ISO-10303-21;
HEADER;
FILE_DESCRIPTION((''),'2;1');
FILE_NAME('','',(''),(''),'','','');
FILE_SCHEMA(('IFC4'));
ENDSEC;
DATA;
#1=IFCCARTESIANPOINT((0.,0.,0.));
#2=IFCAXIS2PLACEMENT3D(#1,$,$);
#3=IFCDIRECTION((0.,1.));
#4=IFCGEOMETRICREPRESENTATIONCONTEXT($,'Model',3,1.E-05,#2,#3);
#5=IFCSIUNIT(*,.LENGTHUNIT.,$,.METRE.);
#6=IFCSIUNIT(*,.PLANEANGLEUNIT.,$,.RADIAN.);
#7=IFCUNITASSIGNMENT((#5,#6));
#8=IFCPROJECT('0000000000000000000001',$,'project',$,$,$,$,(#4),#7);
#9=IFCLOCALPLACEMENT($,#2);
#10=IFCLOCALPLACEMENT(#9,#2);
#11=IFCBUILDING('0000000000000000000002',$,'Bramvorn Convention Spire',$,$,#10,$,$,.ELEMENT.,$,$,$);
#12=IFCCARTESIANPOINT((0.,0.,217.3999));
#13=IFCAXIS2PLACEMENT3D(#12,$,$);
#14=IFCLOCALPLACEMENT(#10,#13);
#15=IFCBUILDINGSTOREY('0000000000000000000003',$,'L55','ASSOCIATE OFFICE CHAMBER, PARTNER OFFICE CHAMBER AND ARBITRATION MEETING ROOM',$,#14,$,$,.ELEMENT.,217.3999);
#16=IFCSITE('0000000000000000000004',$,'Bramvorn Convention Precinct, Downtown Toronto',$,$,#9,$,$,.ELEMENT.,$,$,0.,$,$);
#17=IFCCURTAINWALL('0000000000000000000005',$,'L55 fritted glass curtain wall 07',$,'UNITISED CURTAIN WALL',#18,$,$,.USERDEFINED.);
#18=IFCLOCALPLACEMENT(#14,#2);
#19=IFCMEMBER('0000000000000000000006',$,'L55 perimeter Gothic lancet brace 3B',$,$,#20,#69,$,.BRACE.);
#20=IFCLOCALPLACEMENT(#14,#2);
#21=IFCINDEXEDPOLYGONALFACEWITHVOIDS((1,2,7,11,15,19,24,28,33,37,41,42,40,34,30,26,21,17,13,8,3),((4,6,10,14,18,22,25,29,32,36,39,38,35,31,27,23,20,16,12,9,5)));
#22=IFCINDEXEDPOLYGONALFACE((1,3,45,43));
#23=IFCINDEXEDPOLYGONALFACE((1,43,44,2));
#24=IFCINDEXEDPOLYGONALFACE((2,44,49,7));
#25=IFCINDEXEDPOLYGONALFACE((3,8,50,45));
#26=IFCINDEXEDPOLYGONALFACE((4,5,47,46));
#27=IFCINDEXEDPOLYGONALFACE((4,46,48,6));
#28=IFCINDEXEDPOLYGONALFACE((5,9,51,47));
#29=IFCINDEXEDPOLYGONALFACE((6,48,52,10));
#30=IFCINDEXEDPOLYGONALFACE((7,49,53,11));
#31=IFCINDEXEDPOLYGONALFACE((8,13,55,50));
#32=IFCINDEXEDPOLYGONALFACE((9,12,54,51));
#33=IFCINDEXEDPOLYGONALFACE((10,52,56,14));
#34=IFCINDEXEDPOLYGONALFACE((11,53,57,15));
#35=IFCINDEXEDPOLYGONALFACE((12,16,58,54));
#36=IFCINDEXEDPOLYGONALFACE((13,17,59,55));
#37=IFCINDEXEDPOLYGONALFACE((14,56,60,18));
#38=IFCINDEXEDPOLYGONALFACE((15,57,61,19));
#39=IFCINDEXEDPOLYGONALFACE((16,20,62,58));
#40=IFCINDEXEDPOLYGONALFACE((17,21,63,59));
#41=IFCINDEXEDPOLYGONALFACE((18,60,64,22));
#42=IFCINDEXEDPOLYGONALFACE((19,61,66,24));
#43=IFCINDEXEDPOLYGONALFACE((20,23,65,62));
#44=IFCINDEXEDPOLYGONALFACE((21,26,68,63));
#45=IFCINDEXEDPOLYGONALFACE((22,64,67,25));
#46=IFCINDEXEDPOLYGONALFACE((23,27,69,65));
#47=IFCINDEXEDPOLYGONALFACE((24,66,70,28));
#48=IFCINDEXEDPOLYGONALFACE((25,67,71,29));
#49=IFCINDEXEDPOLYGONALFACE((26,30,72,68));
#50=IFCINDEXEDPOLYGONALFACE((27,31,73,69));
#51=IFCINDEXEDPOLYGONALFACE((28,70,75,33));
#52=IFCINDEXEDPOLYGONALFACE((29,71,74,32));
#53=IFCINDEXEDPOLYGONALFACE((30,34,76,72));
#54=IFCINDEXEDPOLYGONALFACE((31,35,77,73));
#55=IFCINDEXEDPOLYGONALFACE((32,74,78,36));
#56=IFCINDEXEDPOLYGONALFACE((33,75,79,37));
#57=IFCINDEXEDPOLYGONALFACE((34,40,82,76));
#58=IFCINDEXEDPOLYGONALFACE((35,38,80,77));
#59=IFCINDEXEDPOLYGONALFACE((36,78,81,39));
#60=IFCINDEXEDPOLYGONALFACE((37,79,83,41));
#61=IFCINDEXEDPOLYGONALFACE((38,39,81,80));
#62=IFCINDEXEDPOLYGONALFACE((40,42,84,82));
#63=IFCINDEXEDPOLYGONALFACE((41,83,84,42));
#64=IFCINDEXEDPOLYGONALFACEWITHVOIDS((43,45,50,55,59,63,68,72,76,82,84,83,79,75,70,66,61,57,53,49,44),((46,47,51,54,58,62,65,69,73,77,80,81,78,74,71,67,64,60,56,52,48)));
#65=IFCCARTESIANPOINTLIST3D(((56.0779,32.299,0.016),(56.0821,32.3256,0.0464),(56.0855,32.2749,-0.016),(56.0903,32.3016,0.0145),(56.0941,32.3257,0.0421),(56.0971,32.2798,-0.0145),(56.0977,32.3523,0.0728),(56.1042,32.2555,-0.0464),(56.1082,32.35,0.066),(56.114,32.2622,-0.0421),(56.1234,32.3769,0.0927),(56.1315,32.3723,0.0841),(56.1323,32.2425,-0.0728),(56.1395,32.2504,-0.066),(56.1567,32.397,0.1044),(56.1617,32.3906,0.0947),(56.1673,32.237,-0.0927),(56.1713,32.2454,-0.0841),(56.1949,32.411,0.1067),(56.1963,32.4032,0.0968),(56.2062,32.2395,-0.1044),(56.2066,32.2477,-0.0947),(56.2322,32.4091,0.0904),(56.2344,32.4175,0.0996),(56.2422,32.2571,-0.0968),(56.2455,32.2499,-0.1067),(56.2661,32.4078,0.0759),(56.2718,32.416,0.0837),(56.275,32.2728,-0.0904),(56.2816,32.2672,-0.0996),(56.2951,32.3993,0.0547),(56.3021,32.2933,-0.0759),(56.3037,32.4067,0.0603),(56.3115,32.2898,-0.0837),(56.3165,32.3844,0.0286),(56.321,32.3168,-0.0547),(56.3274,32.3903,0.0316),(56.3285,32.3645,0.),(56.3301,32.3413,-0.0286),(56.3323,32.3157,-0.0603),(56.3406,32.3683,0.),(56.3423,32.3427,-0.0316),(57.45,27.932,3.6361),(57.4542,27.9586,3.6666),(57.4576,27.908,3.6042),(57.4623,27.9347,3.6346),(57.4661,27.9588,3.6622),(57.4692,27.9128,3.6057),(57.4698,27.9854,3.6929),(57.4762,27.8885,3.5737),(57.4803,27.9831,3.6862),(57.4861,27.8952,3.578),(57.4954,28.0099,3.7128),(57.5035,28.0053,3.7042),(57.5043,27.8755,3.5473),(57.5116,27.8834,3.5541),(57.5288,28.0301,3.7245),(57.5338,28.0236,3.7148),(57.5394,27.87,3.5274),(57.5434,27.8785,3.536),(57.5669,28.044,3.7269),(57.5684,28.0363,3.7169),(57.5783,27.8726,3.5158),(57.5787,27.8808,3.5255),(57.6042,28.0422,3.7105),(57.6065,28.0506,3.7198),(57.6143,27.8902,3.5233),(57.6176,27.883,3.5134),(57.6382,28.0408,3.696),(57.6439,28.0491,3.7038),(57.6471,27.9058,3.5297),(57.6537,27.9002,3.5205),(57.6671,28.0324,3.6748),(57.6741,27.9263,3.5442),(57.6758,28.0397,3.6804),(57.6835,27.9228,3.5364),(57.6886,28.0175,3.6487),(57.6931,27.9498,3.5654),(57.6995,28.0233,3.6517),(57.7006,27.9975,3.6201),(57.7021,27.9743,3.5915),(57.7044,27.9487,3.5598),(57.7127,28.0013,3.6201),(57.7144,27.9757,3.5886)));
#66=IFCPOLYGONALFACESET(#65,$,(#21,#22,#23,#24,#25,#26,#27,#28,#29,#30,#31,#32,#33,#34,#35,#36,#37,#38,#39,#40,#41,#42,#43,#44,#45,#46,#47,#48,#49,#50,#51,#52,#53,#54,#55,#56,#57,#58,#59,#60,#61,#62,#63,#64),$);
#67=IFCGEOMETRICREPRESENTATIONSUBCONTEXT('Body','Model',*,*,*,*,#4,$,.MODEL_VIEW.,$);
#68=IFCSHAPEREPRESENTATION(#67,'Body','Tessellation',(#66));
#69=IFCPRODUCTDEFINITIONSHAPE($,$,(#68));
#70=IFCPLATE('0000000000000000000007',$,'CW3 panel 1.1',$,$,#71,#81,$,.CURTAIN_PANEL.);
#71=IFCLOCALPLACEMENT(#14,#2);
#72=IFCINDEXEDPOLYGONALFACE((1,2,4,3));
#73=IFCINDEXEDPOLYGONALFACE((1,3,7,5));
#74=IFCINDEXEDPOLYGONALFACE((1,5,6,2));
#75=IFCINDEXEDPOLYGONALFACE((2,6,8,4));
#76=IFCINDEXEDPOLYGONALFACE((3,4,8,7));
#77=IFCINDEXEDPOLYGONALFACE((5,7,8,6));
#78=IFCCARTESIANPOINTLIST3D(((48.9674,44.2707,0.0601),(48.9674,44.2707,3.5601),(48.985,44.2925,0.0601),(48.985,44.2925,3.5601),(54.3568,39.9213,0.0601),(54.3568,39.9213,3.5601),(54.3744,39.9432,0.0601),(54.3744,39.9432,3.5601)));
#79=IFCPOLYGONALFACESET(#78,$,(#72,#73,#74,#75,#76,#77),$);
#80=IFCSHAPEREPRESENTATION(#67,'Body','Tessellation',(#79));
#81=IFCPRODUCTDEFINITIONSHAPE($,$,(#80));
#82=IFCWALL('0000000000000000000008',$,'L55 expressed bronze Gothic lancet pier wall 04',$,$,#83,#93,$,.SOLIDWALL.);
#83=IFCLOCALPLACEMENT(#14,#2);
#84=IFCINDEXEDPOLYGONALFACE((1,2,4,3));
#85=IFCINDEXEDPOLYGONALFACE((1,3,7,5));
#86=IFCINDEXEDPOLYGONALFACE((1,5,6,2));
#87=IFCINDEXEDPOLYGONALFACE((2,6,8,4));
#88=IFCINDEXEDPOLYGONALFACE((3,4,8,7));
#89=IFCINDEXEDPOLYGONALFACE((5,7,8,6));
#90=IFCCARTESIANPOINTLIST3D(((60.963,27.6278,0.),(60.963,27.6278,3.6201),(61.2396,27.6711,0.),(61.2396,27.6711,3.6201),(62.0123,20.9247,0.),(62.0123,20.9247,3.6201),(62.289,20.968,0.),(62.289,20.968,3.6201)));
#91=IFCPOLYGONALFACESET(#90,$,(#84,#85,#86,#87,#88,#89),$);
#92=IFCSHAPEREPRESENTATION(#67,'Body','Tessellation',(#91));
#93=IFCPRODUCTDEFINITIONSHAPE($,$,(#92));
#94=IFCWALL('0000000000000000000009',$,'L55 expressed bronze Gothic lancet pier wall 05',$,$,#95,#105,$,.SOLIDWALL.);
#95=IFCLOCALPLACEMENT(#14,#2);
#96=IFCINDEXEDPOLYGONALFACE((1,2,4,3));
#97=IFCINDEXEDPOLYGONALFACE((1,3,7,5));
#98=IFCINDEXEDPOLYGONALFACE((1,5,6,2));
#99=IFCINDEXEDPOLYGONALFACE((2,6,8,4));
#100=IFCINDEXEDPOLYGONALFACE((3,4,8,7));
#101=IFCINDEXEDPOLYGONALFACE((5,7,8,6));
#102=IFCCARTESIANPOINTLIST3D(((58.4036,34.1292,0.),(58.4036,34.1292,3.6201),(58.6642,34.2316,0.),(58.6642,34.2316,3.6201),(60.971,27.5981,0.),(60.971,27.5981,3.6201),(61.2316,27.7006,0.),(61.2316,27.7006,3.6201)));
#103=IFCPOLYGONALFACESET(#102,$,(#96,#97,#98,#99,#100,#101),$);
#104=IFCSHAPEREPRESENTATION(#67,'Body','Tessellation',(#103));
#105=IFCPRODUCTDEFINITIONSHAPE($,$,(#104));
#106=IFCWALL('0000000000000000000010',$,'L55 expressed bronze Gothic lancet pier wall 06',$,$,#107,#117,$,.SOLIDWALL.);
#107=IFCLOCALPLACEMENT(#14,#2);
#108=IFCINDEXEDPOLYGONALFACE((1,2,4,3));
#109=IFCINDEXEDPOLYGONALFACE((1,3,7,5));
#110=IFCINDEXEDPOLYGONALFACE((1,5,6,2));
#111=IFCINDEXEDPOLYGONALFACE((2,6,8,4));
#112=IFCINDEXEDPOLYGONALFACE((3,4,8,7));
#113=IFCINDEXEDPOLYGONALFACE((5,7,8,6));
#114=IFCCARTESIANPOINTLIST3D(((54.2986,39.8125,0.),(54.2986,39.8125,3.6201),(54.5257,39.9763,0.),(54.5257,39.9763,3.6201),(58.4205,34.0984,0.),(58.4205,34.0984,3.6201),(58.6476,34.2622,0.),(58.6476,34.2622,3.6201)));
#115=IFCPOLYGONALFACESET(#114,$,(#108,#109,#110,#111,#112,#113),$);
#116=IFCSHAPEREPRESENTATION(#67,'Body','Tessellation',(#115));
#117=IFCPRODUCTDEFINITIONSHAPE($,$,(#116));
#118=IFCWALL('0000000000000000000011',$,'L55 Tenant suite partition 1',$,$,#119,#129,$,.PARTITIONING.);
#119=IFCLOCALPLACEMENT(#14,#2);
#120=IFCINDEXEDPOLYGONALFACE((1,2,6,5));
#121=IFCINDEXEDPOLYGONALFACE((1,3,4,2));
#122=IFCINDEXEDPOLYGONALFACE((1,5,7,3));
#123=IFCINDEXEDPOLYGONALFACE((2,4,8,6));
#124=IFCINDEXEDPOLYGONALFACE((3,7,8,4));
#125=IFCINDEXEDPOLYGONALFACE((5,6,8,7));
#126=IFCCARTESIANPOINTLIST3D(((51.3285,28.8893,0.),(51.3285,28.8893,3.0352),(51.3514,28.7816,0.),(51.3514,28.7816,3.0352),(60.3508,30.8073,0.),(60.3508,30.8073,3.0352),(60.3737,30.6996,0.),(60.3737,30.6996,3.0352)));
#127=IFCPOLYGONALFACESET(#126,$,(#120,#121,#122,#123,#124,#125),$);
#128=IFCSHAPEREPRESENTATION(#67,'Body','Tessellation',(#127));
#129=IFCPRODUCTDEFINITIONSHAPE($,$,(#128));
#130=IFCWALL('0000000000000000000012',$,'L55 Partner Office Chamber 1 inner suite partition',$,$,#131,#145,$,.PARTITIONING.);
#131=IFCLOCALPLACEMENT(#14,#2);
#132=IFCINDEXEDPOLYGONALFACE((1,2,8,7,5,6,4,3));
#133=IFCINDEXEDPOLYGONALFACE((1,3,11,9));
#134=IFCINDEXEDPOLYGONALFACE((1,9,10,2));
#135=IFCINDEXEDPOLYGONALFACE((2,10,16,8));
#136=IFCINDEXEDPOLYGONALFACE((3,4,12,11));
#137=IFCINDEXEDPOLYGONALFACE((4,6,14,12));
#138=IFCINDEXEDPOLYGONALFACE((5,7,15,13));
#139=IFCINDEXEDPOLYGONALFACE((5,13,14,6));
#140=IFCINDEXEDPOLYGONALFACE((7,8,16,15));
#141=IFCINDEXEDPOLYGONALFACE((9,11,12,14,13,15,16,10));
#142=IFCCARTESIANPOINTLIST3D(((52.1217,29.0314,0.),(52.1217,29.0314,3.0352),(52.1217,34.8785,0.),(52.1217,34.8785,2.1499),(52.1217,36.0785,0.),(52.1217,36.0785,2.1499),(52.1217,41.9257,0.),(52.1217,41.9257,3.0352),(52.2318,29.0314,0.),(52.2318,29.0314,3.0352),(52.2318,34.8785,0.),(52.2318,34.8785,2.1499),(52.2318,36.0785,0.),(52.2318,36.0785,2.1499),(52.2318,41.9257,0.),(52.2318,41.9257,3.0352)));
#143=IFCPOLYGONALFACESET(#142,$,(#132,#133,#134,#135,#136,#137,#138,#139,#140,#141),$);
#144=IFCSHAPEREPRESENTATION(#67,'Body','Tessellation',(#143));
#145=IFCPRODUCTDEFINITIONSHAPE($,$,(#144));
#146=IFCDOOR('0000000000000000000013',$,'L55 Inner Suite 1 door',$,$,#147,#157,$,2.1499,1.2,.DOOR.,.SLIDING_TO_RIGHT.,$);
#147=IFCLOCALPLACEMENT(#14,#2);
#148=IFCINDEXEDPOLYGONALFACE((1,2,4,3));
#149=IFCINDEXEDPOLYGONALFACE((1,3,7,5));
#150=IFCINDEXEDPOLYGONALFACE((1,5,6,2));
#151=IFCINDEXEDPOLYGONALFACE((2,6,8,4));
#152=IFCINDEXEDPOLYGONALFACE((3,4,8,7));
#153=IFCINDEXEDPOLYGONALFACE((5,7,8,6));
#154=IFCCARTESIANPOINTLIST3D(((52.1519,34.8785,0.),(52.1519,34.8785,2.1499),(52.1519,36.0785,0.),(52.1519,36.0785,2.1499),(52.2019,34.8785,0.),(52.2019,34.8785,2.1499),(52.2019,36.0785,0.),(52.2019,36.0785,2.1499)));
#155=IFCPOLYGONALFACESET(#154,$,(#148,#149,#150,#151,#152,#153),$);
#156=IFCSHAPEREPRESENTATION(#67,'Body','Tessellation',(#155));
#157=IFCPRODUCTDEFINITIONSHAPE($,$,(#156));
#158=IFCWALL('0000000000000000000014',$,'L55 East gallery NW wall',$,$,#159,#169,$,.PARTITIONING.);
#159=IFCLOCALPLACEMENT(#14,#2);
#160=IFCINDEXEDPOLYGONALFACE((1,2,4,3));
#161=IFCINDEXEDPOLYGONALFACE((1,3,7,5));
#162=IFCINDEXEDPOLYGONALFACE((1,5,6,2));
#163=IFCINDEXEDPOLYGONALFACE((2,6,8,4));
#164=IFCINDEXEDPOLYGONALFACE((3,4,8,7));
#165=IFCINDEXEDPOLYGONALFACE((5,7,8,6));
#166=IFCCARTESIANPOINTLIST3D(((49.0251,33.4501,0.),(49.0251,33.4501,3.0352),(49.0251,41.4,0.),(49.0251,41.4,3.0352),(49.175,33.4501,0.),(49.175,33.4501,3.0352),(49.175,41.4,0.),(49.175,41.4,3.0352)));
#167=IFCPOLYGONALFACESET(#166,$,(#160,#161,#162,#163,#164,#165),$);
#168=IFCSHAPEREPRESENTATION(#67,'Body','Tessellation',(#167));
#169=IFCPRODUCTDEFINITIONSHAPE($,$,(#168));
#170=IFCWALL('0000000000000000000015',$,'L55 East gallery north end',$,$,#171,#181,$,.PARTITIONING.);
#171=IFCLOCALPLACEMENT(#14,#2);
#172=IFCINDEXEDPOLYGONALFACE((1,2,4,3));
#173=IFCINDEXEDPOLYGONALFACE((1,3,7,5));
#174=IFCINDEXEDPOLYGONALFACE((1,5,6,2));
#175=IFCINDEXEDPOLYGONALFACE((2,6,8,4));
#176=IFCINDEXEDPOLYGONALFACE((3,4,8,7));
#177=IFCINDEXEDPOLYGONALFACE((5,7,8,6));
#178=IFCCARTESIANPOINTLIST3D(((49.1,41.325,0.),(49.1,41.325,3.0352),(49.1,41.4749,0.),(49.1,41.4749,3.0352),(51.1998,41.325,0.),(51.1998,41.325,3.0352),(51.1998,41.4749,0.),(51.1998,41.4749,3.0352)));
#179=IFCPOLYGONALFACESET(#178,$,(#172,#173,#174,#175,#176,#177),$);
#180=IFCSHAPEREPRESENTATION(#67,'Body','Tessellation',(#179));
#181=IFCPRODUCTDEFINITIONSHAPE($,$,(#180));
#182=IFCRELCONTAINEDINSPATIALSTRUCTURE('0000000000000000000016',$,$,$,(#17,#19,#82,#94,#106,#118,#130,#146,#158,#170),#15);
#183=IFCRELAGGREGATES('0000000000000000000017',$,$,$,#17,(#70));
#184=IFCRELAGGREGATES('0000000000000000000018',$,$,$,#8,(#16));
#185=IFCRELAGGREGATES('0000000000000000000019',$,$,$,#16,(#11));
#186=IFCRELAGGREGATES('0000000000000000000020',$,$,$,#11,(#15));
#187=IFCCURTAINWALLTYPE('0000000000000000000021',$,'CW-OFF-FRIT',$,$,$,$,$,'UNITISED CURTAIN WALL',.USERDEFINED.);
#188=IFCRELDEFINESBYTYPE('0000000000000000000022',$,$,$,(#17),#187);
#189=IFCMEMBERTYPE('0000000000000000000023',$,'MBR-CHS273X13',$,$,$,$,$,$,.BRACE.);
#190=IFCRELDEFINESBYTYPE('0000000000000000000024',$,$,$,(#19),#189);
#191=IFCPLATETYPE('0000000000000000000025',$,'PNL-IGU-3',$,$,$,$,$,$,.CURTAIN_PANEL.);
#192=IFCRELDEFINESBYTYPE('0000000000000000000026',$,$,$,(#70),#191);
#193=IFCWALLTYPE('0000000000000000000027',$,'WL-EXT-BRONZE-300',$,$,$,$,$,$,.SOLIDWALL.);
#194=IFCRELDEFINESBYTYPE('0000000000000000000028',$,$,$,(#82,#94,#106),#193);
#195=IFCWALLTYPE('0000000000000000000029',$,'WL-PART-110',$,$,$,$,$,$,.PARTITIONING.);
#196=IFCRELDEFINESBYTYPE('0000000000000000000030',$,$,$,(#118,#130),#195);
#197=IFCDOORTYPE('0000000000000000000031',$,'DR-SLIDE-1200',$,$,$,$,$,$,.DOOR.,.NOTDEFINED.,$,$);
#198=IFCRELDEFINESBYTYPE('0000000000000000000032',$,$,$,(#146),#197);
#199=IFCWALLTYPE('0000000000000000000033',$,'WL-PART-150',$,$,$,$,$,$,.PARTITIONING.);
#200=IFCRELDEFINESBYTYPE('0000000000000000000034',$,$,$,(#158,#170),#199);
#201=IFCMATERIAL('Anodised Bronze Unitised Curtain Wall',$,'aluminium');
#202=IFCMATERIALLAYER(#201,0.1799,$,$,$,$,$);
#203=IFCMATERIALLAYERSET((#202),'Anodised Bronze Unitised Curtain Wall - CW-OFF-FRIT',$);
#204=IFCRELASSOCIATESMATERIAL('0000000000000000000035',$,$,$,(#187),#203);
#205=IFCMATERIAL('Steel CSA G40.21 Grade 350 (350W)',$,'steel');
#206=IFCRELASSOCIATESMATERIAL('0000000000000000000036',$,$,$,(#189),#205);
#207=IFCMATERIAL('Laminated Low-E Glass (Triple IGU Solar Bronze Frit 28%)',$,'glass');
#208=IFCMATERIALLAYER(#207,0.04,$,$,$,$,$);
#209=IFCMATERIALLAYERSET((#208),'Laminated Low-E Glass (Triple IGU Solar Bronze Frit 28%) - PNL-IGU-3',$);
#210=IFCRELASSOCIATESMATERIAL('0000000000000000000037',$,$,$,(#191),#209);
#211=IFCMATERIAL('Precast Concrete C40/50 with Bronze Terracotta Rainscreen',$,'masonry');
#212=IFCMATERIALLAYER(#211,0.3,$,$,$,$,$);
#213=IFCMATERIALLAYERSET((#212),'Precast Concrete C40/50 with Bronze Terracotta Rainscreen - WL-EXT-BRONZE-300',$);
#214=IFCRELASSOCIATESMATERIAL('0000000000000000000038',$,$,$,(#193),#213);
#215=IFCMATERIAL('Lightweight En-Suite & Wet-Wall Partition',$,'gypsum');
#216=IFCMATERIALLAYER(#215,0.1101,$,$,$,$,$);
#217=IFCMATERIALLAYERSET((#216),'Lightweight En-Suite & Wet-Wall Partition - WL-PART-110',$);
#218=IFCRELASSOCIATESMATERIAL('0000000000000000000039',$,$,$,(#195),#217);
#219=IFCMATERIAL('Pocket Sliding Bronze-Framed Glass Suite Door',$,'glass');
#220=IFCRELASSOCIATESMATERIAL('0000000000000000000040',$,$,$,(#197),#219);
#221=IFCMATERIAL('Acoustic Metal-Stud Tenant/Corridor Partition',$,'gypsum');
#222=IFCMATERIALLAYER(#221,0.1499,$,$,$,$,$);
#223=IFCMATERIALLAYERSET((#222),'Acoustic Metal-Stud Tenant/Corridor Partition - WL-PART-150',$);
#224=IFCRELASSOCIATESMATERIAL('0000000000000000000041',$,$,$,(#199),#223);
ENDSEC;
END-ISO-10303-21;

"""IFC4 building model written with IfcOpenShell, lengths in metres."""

from ifc_helpers import new_model, si_unit, direction, frame, frame_2d, origin, origin_2d, place, context, subcontext, project, spatial, rectangle, hollow_circle, extrude, material, layer, layer_set, material_profile, profile_set, type_object, element, fill, aggregate, save


model = new_model("IFC4")

# Units and contexts
model_context = context("Model", 3, precision=1e-05, world=origin(), true_north=direction((0.0, 1.0)))
body_context = subcontext(model_context, "Body", "Model", "MODEL_VIEW")
ifc_project = project(units=[si_unit("LENGTHUNIT", "METRE"), si_unit("PLANEANGLEUNIT", "RADIAN")], contexts=[model_context])

# Site, building, storey
site_placement = place(None, origin())
site = spatial("IfcSite", under=ifc_project, at=site_placement, Name="Bramvorn Convention Precinct, Downtown Toronto", CompositionType="ELEMENT", RefElevation=0.0)
building_placement = place(site_placement, origin())
building = spatial("IfcBuilding", under=site, at=building_placement, Name="Bramvorn Convention Spire", CompositionType="ELEMENT")
storey_placement = place(building_placement, frame((0.0, 0.0, 217.3999)))
storey = spatial("IfcBuildingStorey", under=building, at=storey_placement, Name="L55", Description="ASSOCIATE OFFICE CHAMBER, PARTNER OFFICE CHAMBER AND ARBITRATION MEETING ROOM", CompositionType="ELEMENT", Elevation=217.3999)

# Shared definitions
ifc_material_1 = material(Name="Steel CSA G40.21 Grade 350 (350W)", Category="steel")

# Curtain wall
ifc_material_2 = material(Name="Anodised Bronze Unitised Curtain Wall", Category="aluminium")
ifc_layer_1 = layer(ifc_material_2, 0.1799)
ifc_layer_set_1 = layer_set([ifc_layer_1], Name="Anodised Bronze Unitised Curtain Wall - CW-OFF-FRIT")
curtain_wall_type = type_object("IfcCurtainWallType", Name="CW-OFF-FRIT", ElementType="UNITISED CURTAIN WALL", PredefinedType="USERDEFINED", material=ifc_layer_set_1)
curtain_wall_1_placement = place(storey_placement, origin())
curtain_wall_1 = element("IfcCurtainWall", 1, at=curtain_wall_1_placement, inside=storey, type_object=curtain_wall_type, Name="L55 fritted glass curtain wall 07", ObjectType="UNITISED CURTAIN WALL", PredefinedType="USERDEFINED")

# Member
ifc_material_profile_1 = material_profile(ifc_material_1, hollow_circle(Radius=0.1365, WallThickness=0.0127, at=origin_2d()))
ifc_profile_set_1 = profile_set([ifc_material_profile_1], Name="Steel CSA G40.21 Grade 350 (350W) - CHS273X13")
member_type_1 = type_object("IfcMemberType", Name="MBR-CHS273X13", PredefinedType="BRACE", material=ifc_profile_set_1)
for number, where, z_axis, x_axis, name in (
    (2, (56.2104, 32.3274, 0.0), (0.235108, -0.748286, 0.620316), (0.954019, 0.299748, 0.0), "L55 perimeter Gothic lancet brace 3B"),
):
    element("IfcMember", number, at=place(storey_placement, frame(where, z_axis=z_axis, x_axis=x_axis)), inside=storey, type_object=member_type_1, Name=name, PredefinedType="BRACE", context=body_context, shape_type="SweptSolid", body=[
        extrude(hollow_circle(Radius=0.1365, WallThickness=0.0127, at=origin_2d()), origin(), (0.0, 0.0, 1.0), 5.8359),
    ])

# Plate
ifc_material_3 = material(Name="Laminated Low-E Glass (Triple IGU Solar Bronze Frit 28%)", Category="glass")
ifc_layer_2 = layer(ifc_material_3, 0.04)
ifc_layer_set_2 = layer_set([ifc_layer_2], Name="Laminated Low-E Glass (Triple IGU Solar Bronze Frit 28%) - PNL-IGU-3")
plate_type = type_object("IfcPlateType", Name="PNL-IGU-3", PredefinedType="CURTAIN_PANEL", material=ifc_layer_set_2)
plate_placement = place(storey_placement, frame((51.6709, 42.1069, 0.0601), z_axis=(0.0, 0.0, 1.0), x_axis=(0.778199, -0.628018, 0.0)))
plate = element("IfcPlate", 3, at=plate_placement, type_object=plate_type, Name="CW3 panel 1.1", PredefinedType="CURTAIN_PANEL", context=body_context, shape_type="SweptSolid", body=[
    extrude(rectangle(XDim=6.9255, YDim=0.0281, at=origin_2d()), origin(), (0.0, 0.0, 1.0), 3.5),
])
aggregate(curtain_wall_1, [plate])

# Walls
ifc_material_4 = material(Name="Precast Concrete C40/50 with Bronze Terracotta Rainscreen", Category="masonry")
ifc_layer_3 = layer(ifc_material_4, 0.3)
ifc_layer_set_3 = layer_set([ifc_layer_3], Name="Precast Concrete C40/50 with Bronze Terracotta Rainscreen - WL-EXT-BRONZE-300")
wall_type_1 = type_object("IfcWallType", Name="WL-EXT-BRONZE-300", PredefinedType="SOLIDWALL", material=ifc_layer_set_3)
wall_1_placement = place(storey_placement, frame((61.1013, 27.6494, 0.0), z_axis=(0.0, 0.0, 1.0), x_axis=(0.154658, -0.987968, 0.0)))
element("IfcWall", 4, at=wall_1_placement, inside=storey, type_object=wall_type_1, Name="L55 expressed bronze Gothic lancet pier wall 04", PredefinedType="SOLIDWALL", context=body_context, shape_type="SweptSolid", body=[
    extrude(rectangle(XDim=6.7847, YDim=0.28, at=frame_2d((3.3923, 0.0))), origin(), (0.0, 0.0, 1.0), 3.6201),
])
wall_2_placement = place(storey_placement, frame((58.5339, 34.1804, 0.0), z_axis=(0.0, 0.0, 1.0), x_axis=(0.365854, -0.930672, 0.0)))
element("IfcWall", 5, at=wall_2_placement, inside=storey, type_object=wall_type_1, Name="L55 expressed bronze Gothic lancet pier wall 05", PredefinedType="SOLIDWALL", context=body_context, shape_type="SweptSolid", body=[
    extrude(rectangle(XDim=7.0176, YDim=0.28, at=frame_2d((3.5088, 0.0))), origin(), (0.0, 0.0, 1.0), 3.6201),
])
wall_3_placement = place(storey_placement, frame((54.4121, 39.8945, 0.0), z_axis=(0.0, 0.0, 1.0), x_axis=(0.585021, -0.811018, 0.0)))
element("IfcWall", 6, at=wall_3_placement, inside=storey, type_object=wall_type_1, Name="L55 expressed bronze Gothic lancet pier wall 06", PredefinedType="SOLIDWALL", context=body_context, shape_type="SweptSolid", body=[
    extrude(rectangle(XDim=7.0457, YDim=0.28, at=frame_2d((3.5229, 0.0))), origin(), (0.0, 0.0, 1.0), 3.6201),
])
ifc_material_5 = material(Name="Lightweight En-Suite & Wet-Wall Partition", Category="gypsum")
ifc_layer_4 = layer(ifc_material_5, 0.1101)
ifc_layer_set_4 = layer_set([ifc_layer_4], Name="Lightweight En-Suite & Wet-Wall Partition - WL-PART-110")
wall_type_2 = type_object("IfcWallType", Name="WL-PART-110", PredefinedType="PARTITIONING", material=ifc_layer_set_4)
wall_4_placement = place(storey_placement, frame((51.3401, 28.8354, 0.0), z_axis=(0.0, 0.0, 1.0), x_axis=(0.978142, 0.207936, 0.0)))
element("IfcWall", 7, at=wall_4_placement, inside=storey, type_object=wall_type_2, Name="L55 Tenant suite partition 1", PredefinedType="PARTITIONING", context=body_context, shape_type="SweptSolid", body=[
    extrude(rectangle(XDim=9.2239, YDim=0.1101, at=frame_2d((4.6118, 0.0))), origin(), (0.0, 0.0, 1.0), 3.0352),
])

# Wall, opening, door
wall_5_placement = place(storey_placement, frame((52.1768, 29.0312, 0.0), z_axis=(0.0, 0.0, 1.0), x_axis=(0.0, 1.0, 0.0)))
wall_5 = element("IfcWall", 8, at=wall_5_placement, inside=storey, type_object=wall_type_2, Name="L55 Partner Office Chamber 1 inner suite partition", PredefinedType="PARTITIONING", context=body_context, shape_type="SweptSolid", body=[
    extrude(rectangle(XDim=12.8943, YDim=0.1101, at=frame_2d((6.4473, 0.0))), origin(), (0.0, 0.0, 1.0), 3.0352),
])
opening_placement = place(wall_5_placement, frame((5.8472, 0.0, 0.0)))
opening = element("IfcOpeningElement", 9, at=opening_placement, cuts=wall_5, PredefinedType="OPENING", context=body_context, shape_type="SweptSolid", body=[
    extrude(rectangle(XDim=1.2, YDim=2.1499, at=frame_2d((0.6001, 1.075))), frame((0.0, 0.0649, 0.0), z_axis=(0.0, -1.0, 0.0), x_axis=(1.0, 0.0, 0.0)), (0.0, 0.0, 1.0), 0.1301),
])
ifc_material_6 = material(Name="Pocket Sliding Bronze-Framed Glass Suite Door", Category="glass")
door_type = type_object("IfcDoorType", Name="DR-SLIDE-1200", OperationType="NOTDEFINED", PredefinedType="DOOR", material=ifc_material_6)
door_placement = place(opening_placement, origin())
door = element("IfcDoor", 10, at=door_placement, inside=storey, type_object=door_type, Name="L55 Inner Suite 1 door", OperationType="SLIDING_TO_RIGHT", OverallHeight=2.1499, OverallWidth=1.2, PredefinedType="DOOR", context=body_context, shape_type="SweptSolid", body=[
    extrude(rectangle(XDim=1.2, YDim=2.1499, at=frame_2d((0.6001, 1.075))), frame((0.0, 0.0249, 0.0), z_axis=(0.0, -1.0, 0.0), x_axis=(1.0, 0.0, 0.0)), (0.0, 0.0, 1.0), 0.05),
])
fill(opening, door)

# Walls
ifc_material_7 = material(Name="Acoustic Metal-Stud Tenant/Corridor Partition", Category="gypsum")
ifc_layer_5 = layer(ifc_material_7, 0.1499)
ifc_layer_set_5 = layer_set([ifc_layer_5], Name="Acoustic Metal-Stud Tenant/Corridor Partition - WL-PART-150")
wall_type_3 = type_object("IfcWallType", Name="WL-PART-150", PredefinedType="PARTITIONING", material=ifc_layer_set_5)
wall_6_placement = place(storey_placement, frame((49.1001, 33.45, 0.0), z_axis=(0.0, 0.0, 1.0), x_axis=(0.0, 1.0, 0.0)))
element("IfcWall", 11, at=wall_6_placement, inside=storey, type_object=wall_type_3, Name="L55 East gallery NW wall", PredefinedType="PARTITIONING", context=body_context, shape_type="SweptSolid", body=[
    extrude(rectangle(XDim=7.95, YDim=0.1499, at=frame_2d((3.9751, 0.0))), origin(), (0.0, 0.0, 1.0), 3.0352),
])
wall_7_placement = place(storey_placement, frame((49.1001, 41.3999, 0.0), z_axis=(0.0, 0.0, 1.0), x_axis=(1.0, 0.0, 0.0)))
element("IfcWall", 12, at=wall_7_placement, inside=storey, type_object=wall_type_3, Name="L55 East gallery north end", PredefinedType="PARTITIONING", context=body_context, shape_type="SweptSolid", body=[
    extrude(rectangle(XDim=2.0999, YDim=0.1499, at=frame_2d((1.0498, 0.0))), origin(), (0.0, 0.0, 1.0), 3.0352),
])

save(model, "model.ifc")
